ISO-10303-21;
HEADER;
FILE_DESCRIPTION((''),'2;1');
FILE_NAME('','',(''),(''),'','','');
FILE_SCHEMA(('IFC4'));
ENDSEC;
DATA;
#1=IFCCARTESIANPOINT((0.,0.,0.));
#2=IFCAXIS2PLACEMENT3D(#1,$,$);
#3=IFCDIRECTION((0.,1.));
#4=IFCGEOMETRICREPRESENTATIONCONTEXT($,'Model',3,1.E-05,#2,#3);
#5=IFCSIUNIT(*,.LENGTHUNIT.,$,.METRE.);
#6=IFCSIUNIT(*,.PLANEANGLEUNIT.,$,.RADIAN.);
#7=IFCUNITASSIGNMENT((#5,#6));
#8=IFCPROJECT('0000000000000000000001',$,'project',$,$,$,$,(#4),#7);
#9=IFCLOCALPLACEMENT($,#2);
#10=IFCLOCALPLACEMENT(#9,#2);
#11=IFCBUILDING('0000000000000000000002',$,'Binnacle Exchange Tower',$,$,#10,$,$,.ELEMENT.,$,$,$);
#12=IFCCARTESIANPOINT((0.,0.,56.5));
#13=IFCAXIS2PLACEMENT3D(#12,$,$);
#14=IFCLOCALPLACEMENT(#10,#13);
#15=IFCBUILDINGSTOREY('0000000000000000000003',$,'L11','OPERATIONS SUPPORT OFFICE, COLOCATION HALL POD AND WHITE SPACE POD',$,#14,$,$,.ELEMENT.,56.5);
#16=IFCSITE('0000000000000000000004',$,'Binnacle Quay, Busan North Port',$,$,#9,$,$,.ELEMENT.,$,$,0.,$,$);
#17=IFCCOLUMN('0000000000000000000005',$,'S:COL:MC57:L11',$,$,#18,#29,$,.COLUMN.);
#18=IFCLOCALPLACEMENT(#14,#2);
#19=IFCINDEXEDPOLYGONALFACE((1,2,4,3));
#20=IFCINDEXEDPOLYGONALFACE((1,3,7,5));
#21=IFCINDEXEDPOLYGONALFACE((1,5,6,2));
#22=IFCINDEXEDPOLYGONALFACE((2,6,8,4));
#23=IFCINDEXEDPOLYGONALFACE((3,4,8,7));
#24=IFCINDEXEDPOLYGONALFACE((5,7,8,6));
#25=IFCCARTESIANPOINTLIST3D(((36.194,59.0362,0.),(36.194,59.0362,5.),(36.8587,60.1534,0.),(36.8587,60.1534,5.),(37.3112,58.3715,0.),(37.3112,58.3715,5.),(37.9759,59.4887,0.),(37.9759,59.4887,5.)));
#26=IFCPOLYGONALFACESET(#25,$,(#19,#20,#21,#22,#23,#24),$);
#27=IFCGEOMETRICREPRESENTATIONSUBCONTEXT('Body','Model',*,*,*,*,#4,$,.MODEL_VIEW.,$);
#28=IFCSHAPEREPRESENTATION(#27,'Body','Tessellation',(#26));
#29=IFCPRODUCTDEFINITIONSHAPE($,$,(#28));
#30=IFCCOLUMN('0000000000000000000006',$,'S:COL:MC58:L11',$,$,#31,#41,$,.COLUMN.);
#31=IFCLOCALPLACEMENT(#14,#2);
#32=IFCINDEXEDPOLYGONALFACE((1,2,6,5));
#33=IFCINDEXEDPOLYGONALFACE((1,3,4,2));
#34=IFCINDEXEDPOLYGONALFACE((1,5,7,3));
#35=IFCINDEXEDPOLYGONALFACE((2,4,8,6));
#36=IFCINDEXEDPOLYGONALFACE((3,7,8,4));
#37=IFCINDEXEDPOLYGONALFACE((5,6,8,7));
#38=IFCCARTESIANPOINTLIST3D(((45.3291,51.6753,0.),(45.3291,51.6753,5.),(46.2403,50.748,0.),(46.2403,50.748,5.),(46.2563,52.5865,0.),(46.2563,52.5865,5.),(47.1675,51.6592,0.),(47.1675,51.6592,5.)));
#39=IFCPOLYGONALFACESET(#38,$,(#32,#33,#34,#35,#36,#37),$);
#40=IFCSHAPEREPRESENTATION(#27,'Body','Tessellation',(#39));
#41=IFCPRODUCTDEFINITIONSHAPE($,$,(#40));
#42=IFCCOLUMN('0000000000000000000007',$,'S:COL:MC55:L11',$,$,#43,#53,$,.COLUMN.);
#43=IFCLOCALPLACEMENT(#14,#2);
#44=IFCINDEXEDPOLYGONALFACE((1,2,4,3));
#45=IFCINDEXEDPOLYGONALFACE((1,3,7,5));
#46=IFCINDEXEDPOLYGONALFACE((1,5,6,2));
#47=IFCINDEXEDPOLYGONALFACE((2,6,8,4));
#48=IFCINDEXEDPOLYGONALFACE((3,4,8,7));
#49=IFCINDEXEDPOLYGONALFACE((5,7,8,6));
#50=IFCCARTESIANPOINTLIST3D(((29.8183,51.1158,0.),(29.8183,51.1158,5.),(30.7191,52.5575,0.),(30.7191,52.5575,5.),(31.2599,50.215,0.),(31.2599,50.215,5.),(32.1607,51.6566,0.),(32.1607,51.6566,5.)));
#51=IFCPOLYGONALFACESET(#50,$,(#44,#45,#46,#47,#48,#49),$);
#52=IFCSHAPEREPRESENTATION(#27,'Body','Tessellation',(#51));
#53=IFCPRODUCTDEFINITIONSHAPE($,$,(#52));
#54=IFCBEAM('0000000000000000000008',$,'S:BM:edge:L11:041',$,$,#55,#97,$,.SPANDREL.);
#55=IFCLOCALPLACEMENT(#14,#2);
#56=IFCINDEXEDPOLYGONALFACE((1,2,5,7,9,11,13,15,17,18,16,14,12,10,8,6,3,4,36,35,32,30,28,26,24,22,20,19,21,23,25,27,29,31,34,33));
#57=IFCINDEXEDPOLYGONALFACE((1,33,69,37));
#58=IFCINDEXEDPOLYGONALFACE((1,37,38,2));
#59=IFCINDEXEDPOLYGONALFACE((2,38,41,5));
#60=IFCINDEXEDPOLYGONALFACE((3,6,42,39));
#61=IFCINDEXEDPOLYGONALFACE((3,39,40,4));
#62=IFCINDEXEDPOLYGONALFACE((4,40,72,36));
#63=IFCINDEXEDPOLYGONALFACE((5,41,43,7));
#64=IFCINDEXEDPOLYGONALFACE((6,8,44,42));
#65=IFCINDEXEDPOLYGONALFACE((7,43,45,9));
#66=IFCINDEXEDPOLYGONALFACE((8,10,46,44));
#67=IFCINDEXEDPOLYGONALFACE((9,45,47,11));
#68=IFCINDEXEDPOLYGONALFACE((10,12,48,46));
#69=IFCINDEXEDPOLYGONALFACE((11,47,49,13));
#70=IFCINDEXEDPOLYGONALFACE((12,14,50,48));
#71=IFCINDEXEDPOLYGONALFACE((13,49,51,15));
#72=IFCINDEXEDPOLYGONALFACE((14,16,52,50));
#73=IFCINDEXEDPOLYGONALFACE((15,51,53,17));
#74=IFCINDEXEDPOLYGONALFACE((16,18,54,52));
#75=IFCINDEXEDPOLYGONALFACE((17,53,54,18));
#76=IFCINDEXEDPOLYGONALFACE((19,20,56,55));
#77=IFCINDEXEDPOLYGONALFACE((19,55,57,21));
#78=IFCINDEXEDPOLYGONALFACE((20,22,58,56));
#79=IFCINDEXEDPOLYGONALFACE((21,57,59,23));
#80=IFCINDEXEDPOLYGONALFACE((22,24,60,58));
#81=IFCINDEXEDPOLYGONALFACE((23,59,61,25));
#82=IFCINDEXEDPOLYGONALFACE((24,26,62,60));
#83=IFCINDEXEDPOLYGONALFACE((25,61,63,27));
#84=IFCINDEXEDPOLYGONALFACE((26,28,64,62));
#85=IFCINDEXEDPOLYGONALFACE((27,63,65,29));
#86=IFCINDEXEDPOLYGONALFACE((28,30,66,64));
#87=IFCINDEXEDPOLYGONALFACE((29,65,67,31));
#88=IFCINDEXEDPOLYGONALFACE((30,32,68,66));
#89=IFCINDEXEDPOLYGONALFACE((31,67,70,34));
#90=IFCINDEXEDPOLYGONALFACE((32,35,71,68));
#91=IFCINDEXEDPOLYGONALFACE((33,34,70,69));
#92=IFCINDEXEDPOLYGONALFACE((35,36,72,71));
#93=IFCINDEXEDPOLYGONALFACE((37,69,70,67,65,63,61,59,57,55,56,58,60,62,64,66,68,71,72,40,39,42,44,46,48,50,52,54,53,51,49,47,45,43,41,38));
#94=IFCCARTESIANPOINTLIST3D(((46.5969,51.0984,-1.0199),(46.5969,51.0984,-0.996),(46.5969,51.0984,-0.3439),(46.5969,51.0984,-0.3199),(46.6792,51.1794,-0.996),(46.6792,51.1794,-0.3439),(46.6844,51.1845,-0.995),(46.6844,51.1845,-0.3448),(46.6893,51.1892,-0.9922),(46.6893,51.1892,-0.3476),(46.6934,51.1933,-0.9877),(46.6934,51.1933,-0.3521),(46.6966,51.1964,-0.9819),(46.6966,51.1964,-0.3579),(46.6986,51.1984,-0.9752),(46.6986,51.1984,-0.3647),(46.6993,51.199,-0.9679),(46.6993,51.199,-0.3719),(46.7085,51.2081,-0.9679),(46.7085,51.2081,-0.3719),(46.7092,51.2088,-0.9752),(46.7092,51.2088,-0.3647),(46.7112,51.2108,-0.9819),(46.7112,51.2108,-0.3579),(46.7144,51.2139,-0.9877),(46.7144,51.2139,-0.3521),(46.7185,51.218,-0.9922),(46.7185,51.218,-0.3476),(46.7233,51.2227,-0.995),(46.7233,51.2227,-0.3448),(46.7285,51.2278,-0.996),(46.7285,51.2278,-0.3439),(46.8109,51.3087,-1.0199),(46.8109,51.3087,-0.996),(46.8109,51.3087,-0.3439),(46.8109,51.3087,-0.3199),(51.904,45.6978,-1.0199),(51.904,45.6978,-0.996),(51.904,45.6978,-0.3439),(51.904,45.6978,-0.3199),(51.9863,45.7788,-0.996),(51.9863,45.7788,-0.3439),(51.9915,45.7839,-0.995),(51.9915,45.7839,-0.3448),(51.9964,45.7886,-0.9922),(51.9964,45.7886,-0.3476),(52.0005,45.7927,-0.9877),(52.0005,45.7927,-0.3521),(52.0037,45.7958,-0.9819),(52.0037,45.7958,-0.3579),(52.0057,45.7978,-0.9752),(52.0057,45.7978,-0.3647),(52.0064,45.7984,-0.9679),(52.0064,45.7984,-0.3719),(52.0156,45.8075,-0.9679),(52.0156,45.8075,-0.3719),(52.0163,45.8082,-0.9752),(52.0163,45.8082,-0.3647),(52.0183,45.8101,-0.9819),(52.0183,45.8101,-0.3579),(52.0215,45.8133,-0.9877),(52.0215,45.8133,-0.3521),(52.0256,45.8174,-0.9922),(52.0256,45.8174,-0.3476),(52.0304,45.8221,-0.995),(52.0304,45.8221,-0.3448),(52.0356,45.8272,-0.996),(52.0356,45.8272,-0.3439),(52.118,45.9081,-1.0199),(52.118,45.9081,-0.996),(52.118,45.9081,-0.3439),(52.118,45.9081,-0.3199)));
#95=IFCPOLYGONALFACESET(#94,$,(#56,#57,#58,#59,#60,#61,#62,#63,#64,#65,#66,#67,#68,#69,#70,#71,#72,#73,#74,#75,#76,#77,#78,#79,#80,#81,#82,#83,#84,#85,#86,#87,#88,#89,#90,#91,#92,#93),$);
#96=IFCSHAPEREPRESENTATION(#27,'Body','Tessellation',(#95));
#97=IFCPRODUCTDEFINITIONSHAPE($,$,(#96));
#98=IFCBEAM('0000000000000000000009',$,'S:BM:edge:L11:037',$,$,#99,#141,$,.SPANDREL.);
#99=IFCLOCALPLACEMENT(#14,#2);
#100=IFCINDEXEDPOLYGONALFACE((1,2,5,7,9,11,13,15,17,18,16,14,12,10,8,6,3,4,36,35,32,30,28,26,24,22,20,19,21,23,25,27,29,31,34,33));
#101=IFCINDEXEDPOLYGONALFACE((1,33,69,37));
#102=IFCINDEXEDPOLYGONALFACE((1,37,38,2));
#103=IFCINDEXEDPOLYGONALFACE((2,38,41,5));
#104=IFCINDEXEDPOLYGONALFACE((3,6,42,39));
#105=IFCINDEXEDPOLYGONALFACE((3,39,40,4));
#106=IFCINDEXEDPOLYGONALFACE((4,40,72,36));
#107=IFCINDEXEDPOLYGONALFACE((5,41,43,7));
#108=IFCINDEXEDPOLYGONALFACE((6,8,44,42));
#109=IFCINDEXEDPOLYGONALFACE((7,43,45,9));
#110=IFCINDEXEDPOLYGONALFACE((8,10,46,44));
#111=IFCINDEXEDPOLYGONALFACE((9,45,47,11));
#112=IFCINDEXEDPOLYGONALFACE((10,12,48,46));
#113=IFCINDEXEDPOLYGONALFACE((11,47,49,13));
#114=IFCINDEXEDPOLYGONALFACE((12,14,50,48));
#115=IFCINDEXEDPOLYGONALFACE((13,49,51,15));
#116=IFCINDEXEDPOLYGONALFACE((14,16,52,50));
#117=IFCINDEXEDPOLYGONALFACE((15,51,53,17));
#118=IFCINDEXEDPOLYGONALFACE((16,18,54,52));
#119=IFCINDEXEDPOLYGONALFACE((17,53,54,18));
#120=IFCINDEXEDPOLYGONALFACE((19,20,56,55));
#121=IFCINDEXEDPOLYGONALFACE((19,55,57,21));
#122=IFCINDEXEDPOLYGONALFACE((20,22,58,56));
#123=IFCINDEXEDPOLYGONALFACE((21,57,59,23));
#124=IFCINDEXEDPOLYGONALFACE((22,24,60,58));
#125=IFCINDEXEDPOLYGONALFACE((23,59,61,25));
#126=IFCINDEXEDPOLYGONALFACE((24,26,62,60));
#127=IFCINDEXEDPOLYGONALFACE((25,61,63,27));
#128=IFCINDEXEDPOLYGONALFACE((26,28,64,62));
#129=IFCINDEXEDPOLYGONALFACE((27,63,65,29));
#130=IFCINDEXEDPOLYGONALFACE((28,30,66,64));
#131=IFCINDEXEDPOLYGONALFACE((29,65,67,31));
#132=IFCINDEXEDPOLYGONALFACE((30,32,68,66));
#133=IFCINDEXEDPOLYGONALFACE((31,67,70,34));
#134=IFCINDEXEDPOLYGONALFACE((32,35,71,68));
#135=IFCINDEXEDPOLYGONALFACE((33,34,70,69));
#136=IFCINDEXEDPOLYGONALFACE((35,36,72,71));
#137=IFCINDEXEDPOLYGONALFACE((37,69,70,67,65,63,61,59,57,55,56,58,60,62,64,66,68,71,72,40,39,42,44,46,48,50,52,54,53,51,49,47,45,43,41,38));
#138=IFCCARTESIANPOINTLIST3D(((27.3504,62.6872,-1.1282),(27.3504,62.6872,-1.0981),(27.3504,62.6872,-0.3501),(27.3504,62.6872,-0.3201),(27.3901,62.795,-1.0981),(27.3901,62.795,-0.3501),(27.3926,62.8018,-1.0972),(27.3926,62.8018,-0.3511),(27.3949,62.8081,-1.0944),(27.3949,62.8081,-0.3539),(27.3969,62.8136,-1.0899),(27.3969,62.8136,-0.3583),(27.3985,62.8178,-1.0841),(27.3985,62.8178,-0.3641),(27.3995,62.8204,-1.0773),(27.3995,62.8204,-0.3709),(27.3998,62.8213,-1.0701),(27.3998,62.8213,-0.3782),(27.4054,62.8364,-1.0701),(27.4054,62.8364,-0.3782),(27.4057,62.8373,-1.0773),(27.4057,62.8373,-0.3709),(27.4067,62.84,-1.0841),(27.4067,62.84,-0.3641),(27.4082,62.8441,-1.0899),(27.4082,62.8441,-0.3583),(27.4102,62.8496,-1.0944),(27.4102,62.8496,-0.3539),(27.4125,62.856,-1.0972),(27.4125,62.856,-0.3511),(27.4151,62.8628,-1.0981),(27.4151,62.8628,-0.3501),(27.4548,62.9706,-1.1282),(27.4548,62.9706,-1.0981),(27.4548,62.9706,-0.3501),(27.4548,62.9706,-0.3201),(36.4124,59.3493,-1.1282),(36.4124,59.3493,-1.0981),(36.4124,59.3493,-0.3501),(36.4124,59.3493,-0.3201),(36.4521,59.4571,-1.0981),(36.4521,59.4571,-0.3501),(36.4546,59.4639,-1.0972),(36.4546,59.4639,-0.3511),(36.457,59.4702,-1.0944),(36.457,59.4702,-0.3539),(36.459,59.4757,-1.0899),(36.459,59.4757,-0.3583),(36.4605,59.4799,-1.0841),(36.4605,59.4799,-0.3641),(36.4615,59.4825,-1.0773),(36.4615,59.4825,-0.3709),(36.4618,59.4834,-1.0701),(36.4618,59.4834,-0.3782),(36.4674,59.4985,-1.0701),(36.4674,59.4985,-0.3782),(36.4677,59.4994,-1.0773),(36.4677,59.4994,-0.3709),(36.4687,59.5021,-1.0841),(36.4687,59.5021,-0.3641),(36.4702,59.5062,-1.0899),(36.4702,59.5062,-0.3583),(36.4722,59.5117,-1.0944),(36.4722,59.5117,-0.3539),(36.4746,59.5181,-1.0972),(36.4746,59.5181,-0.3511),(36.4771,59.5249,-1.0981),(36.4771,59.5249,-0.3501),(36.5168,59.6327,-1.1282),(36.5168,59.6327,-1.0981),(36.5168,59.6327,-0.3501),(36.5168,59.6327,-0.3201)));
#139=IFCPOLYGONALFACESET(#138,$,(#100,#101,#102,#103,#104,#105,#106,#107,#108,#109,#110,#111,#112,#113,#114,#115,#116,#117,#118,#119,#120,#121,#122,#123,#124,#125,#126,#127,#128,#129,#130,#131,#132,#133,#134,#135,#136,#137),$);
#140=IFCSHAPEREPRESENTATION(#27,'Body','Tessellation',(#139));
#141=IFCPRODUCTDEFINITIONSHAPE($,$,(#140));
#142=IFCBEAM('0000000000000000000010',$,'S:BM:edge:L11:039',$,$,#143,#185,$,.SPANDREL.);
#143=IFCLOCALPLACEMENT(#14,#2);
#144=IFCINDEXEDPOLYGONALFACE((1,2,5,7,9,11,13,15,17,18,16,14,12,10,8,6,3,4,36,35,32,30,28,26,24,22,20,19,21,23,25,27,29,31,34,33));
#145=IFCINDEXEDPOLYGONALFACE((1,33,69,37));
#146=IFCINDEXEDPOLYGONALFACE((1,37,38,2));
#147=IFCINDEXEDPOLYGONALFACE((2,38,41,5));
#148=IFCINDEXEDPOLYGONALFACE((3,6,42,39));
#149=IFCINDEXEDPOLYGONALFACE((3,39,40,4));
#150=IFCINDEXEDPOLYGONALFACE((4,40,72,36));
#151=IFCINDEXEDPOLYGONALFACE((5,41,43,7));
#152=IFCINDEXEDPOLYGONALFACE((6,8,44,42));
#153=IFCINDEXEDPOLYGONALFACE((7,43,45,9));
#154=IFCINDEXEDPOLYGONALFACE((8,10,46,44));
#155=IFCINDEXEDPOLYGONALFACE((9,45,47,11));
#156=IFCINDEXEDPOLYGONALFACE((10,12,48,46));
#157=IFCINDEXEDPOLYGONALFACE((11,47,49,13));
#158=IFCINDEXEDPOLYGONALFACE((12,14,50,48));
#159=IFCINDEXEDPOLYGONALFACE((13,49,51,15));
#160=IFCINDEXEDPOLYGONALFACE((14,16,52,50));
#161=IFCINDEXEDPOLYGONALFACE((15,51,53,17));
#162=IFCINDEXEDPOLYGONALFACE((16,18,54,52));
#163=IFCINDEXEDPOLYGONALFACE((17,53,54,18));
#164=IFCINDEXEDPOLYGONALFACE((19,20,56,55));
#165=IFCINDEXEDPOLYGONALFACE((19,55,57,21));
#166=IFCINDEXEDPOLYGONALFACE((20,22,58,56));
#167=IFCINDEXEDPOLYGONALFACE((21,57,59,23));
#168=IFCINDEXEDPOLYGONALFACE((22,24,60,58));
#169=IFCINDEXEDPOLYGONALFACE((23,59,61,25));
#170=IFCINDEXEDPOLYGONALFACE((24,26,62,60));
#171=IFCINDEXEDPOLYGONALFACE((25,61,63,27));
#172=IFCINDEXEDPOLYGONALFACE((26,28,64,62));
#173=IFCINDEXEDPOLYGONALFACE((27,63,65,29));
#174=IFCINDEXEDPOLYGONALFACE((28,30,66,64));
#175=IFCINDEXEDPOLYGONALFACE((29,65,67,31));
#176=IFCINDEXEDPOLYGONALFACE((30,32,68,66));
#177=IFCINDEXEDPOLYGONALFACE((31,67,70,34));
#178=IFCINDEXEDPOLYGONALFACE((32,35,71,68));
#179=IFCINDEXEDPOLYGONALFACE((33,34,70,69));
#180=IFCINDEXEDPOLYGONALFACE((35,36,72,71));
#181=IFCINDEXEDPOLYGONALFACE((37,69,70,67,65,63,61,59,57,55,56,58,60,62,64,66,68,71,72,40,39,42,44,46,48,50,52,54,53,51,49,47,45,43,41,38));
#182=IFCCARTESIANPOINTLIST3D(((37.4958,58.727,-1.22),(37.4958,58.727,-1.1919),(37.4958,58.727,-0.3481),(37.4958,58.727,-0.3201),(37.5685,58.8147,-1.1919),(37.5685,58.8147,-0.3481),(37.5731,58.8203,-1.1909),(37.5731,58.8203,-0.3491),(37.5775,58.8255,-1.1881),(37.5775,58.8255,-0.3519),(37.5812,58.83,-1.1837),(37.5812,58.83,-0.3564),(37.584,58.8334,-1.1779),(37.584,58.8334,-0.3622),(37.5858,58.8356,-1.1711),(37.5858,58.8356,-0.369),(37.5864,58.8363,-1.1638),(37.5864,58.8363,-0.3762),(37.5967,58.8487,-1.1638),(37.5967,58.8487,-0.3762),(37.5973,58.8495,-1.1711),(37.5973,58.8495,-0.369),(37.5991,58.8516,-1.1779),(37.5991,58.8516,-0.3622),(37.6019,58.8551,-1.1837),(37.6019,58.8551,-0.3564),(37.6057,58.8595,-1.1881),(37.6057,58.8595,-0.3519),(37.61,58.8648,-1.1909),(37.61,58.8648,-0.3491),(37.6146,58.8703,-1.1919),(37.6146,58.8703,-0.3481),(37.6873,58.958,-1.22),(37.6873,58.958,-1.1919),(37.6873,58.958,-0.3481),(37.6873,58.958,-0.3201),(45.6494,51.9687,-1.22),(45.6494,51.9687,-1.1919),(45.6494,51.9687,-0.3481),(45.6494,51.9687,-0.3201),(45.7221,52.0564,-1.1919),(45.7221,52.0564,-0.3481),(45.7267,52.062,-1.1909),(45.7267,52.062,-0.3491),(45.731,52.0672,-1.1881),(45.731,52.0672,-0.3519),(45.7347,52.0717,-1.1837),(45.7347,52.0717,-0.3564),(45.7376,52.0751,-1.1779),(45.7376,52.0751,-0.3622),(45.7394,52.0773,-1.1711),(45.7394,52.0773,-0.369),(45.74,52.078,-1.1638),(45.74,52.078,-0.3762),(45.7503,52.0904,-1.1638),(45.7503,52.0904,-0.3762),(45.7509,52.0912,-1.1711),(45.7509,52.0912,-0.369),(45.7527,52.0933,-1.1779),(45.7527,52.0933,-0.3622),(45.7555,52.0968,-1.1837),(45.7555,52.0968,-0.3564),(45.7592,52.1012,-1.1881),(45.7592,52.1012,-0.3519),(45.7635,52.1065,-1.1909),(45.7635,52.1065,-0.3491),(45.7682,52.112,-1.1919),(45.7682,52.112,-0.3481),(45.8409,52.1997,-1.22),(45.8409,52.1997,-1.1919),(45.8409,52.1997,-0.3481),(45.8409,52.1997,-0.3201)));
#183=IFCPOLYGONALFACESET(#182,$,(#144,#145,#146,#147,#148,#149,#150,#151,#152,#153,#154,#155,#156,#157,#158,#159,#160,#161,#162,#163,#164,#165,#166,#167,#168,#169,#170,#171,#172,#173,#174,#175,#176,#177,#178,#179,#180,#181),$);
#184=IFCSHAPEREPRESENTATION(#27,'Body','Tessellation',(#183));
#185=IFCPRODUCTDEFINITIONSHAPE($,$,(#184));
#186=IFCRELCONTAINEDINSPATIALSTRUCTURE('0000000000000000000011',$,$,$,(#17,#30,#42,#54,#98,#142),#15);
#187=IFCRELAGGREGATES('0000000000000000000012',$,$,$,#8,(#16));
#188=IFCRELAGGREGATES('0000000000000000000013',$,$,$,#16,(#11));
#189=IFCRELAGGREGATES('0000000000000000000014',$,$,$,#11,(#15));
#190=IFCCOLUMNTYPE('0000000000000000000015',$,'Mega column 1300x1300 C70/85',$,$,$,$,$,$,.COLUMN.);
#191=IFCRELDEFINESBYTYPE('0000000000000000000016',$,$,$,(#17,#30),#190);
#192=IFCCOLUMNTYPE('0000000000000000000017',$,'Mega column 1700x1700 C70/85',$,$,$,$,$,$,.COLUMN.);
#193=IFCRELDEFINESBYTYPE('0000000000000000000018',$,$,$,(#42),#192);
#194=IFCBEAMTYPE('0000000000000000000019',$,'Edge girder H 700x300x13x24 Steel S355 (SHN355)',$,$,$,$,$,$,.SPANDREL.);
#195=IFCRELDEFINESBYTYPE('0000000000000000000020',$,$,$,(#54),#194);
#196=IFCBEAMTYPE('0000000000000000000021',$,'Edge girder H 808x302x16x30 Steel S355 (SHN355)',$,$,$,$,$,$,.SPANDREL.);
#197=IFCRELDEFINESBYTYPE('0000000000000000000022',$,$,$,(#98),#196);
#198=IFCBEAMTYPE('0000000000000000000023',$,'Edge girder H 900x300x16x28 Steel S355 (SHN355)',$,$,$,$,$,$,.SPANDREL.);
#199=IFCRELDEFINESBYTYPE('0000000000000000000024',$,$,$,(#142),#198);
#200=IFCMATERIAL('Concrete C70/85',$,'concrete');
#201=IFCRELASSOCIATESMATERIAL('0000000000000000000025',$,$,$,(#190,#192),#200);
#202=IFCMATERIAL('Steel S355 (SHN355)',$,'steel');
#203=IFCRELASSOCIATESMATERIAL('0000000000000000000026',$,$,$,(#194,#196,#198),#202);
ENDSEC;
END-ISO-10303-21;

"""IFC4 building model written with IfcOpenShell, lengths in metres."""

from ifc_helpers import new_model, si_unit, direction, frame, origin, origin_2d, place, context, subcontext, project, spatial, rectangle, i_section, extrude, material, material_profile, profile_set, type_object, element, save


model = new_model("IFC4")

# Units and contexts
model_context = context("Model", 3, precision=1e-05, world=origin(), true_north=direction((0.0, 1.0)))
body_context = subcontext(model_context, "Body", "Model", "MODEL_VIEW")
ifc_project = project(units=[si_unit("LENGTHUNIT", "METRE"), si_unit("PLANEANGLEUNIT", "RADIAN")], contexts=[model_context])

# Site, building, storey
site_placement = place(None, origin())
site = spatial("IfcSite", under=ifc_project, at=site_placement, Name="Binnacle Quay, Busan North Port", CompositionType="ELEMENT", RefElevation=0.0)
building_placement = place(site_placement, origin())
building = spatial("IfcBuilding", under=site, at=building_placement, Name="Binnacle Exchange Tower", CompositionType="ELEMENT")
storey_placement = place(building_placement, frame((0.0, 0.0, 56.5)))
storey = spatial("IfcBuildingStorey", under=building, at=storey_placement, Name="L11", Description="OPERATIONS SUPPORT OFFICE, COLOCATION HALL POD AND WHITE SPACE POD", CompositionType="ELEMENT", Elevation=56.5)

# Columns
ifc_material_1 = material(Name="Concrete C70/85", Category="concrete")
ifc_material_profile_1 = material_profile(ifc_material_1, rectangle(XDim=1.3, YDim=1.3, at=origin_2d()), Name="Mega column 1300x1300 C70/85")
ifc_profile_set_1 = profile_set([ifc_material_profile_1], Name="Concrete C70/85")
column_type_1 = type_object("IfcColumnType", Name="Mega column 1300x1300 C70/85", PredefinedType="COLUMN", material=ifc_profile_set_1)
for number, where, z_axis, x_axis, name in (
    (1, (37.085, 59.2625, 0.0), (0.0, 0.0, 1.0), (-0.859406, 0.511293, 0.0), "S:COL:MC57:L11"),
    (2, (46.2483, 51.6672, 0.0), (0.0, 0.0, 1.0), (-0.700909, 0.71325, 0.0), "S:COL:MC58:L11"),
):
    element("IfcColumn", number, at=place(storey_placement, frame(where, z_axis=z_axis, x_axis=x_axis)), inside=storey, type_object=column_type_1, Name=name, PredefinedType="COLUMN", context=body_context, shape_type="SweptSolid", body=[
        extrude(rectangle(XDim=1.3, YDim=1.3, at=origin_2d()), origin(), (0.0, 0.0, 1.0), 5.0),
    ])
ifc_material_profile_2 = material_profile(ifc_material_1, rectangle(XDim=1.7, YDim=1.7, at=origin_2d()), Name="Mega column 1700x1700 C70/85")
ifc_profile_set_2 = profile_set([ifc_material_profile_2], Name="Concrete C70/85")
column_type_2 = type_object("IfcColumnType", Name="Mega column 1700x1700 C70/85", PredefinedType="COLUMN", material=ifc_profile_set_2)
column_placement = place(storey_placement, frame((30.9895, 51.3862, 0.0), z_axis=(0.0, 0.0, 1.0), x_axis=(0.529919, 0.848048, 0.0)))
element("IfcColumn", 3, at=column_placement, inside=storey, type_object=column_type_2, Name="S:COL:MC55:L11", PredefinedType="COLUMN", context=body_context, shape_type="SweptSolid", body=[
    extrude(rectangle(XDim=1.7, YDim=1.7, at=origin_2d()), origin(), (0.0, 0.0, 1.0), 5.0),
])

# Beams
ifc_material_2 = material(Name="Steel S355 (SHN355)", Category="steel")
ifc_material_profile_3 = material_profile(ifc_material_2, i_section(OverallWidth=0.3, OverallDepth=0.7, WebThickness=0.0129, FlangeThickness=0.0239, FilletRadius=0.0281, at=origin_2d()), Name="H 700x300x13x24")
ifc_profile_set_3 = profile_set([ifc_material_profile_3], Name="Steel S355 (SHN355)")
beam_type_1 = type_object("IfcBeamType", Name="Edge girder H 700x300x13x24 Steel S355 (SHN355)", PredefinedType="SPANDREL", material=ifc_profile_set_3)
beam_1_placement = place(storey_placement, frame((52.011, 45.803, -0.6699), z_axis=(-0.700905, 0.713254, 0.0), x_axis=(-0.713254, -0.700905, 0.0)))
element("IfcBeam", 4, at=beam_1_placement, inside=storey, type_object=beam_type_1, Name="S:BM:edge:L11:041", PredefinedType="SPANDREL", context=body_context, shape_type="SweptSolid", body=[
    extrude(i_section(OverallWidth=0.3, OverallDepth=0.7, WebThickness=0.0129, FlangeThickness=0.0239, FilletRadius=0.0281, at=origin_2d()), origin(), (0.0, 0.0, 1.0), 7.5718),
])
ifc_material_profile_4 = material_profile(ifc_material_2, i_section(OverallWidth=0.302, OverallDepth=0.8081, WebThickness=0.0161, FlangeThickness=0.03, FilletRadius=0.0281, at=origin_2d()), Name="H 808x302x16x30")
ifc_profile_set_4 = profile_set([ifc_material_profile_4], Name="Steel S355 (SHN355)")
beam_type_2 = type_object("IfcBeamType", Name="Edge girder H 808x302x16x30 Steel S355 (SHN355)", PredefinedType="SPANDREL", material=ifc_profile_set_4)
beam_2_placement = place(storey_placement, frame((36.4646, 59.491, -0.7241), z_axis=(-0.938368, 0.345637, 0.0), x_axis=(-0.345637, -0.938368, 0.0)))
element("IfcBeam", 5, at=beam_2_placement, inside=storey, type_object=beam_type_2, Name="S:BM:edge:L11:037", PredefinedType="SPANDREL", context=body_context, shape_type="SweptSolid", body=[
    extrude(i_section(OverallWidth=0.302, OverallDepth=0.8081, WebThickness=0.0161, FlangeThickness=0.03, FilletRadius=0.0281, at=origin_2d()), origin(), (0.0, 0.0, 1.0), 9.6572),
])
ifc_material_profile_5 = material_profile(ifc_material_2, i_section(OverallWidth=0.3, OverallDepth=0.8999, WebThickness=0.0161, FlangeThickness=0.0281, FilletRadius=0.0281, at=origin_2d()), Name="H 900x300x16x28")
ifc_profile_set_5 = profile_set([ifc_material_profile_5], Name="Steel S355 (SHN355)")
beam_type_3 = type_object("IfcBeamType", Name="Edge girder H 900x300x16x28 Steel S355 (SHN355)", PredefinedType="SPANDREL", material=ifc_profile_set_5)
beam_3_placement = place(storey_placement, frame((45.7451, 52.0842, -0.77), z_axis=(-0.769906, 0.638157, 0.0), x_axis=(-0.638157, -0.769906, 0.0)))
element("IfcBeam", 6, at=beam_3_placement, inside=storey, type_object=beam_type_3, Name="S:BM:edge:L11:039", PredefinedType="SPANDREL", context=body_context, shape_type="SweptSolid", body=[
    extrude(i_section(OverallWidth=0.3, OverallDepth=0.8999, WebThickness=0.0161, FlangeThickness=0.0281, FilletRadius=0.0281, at=origin_2d()), origin(), (0.0, 0.0, 1.0), 10.5903),
])

save(model, "model.ifc")
